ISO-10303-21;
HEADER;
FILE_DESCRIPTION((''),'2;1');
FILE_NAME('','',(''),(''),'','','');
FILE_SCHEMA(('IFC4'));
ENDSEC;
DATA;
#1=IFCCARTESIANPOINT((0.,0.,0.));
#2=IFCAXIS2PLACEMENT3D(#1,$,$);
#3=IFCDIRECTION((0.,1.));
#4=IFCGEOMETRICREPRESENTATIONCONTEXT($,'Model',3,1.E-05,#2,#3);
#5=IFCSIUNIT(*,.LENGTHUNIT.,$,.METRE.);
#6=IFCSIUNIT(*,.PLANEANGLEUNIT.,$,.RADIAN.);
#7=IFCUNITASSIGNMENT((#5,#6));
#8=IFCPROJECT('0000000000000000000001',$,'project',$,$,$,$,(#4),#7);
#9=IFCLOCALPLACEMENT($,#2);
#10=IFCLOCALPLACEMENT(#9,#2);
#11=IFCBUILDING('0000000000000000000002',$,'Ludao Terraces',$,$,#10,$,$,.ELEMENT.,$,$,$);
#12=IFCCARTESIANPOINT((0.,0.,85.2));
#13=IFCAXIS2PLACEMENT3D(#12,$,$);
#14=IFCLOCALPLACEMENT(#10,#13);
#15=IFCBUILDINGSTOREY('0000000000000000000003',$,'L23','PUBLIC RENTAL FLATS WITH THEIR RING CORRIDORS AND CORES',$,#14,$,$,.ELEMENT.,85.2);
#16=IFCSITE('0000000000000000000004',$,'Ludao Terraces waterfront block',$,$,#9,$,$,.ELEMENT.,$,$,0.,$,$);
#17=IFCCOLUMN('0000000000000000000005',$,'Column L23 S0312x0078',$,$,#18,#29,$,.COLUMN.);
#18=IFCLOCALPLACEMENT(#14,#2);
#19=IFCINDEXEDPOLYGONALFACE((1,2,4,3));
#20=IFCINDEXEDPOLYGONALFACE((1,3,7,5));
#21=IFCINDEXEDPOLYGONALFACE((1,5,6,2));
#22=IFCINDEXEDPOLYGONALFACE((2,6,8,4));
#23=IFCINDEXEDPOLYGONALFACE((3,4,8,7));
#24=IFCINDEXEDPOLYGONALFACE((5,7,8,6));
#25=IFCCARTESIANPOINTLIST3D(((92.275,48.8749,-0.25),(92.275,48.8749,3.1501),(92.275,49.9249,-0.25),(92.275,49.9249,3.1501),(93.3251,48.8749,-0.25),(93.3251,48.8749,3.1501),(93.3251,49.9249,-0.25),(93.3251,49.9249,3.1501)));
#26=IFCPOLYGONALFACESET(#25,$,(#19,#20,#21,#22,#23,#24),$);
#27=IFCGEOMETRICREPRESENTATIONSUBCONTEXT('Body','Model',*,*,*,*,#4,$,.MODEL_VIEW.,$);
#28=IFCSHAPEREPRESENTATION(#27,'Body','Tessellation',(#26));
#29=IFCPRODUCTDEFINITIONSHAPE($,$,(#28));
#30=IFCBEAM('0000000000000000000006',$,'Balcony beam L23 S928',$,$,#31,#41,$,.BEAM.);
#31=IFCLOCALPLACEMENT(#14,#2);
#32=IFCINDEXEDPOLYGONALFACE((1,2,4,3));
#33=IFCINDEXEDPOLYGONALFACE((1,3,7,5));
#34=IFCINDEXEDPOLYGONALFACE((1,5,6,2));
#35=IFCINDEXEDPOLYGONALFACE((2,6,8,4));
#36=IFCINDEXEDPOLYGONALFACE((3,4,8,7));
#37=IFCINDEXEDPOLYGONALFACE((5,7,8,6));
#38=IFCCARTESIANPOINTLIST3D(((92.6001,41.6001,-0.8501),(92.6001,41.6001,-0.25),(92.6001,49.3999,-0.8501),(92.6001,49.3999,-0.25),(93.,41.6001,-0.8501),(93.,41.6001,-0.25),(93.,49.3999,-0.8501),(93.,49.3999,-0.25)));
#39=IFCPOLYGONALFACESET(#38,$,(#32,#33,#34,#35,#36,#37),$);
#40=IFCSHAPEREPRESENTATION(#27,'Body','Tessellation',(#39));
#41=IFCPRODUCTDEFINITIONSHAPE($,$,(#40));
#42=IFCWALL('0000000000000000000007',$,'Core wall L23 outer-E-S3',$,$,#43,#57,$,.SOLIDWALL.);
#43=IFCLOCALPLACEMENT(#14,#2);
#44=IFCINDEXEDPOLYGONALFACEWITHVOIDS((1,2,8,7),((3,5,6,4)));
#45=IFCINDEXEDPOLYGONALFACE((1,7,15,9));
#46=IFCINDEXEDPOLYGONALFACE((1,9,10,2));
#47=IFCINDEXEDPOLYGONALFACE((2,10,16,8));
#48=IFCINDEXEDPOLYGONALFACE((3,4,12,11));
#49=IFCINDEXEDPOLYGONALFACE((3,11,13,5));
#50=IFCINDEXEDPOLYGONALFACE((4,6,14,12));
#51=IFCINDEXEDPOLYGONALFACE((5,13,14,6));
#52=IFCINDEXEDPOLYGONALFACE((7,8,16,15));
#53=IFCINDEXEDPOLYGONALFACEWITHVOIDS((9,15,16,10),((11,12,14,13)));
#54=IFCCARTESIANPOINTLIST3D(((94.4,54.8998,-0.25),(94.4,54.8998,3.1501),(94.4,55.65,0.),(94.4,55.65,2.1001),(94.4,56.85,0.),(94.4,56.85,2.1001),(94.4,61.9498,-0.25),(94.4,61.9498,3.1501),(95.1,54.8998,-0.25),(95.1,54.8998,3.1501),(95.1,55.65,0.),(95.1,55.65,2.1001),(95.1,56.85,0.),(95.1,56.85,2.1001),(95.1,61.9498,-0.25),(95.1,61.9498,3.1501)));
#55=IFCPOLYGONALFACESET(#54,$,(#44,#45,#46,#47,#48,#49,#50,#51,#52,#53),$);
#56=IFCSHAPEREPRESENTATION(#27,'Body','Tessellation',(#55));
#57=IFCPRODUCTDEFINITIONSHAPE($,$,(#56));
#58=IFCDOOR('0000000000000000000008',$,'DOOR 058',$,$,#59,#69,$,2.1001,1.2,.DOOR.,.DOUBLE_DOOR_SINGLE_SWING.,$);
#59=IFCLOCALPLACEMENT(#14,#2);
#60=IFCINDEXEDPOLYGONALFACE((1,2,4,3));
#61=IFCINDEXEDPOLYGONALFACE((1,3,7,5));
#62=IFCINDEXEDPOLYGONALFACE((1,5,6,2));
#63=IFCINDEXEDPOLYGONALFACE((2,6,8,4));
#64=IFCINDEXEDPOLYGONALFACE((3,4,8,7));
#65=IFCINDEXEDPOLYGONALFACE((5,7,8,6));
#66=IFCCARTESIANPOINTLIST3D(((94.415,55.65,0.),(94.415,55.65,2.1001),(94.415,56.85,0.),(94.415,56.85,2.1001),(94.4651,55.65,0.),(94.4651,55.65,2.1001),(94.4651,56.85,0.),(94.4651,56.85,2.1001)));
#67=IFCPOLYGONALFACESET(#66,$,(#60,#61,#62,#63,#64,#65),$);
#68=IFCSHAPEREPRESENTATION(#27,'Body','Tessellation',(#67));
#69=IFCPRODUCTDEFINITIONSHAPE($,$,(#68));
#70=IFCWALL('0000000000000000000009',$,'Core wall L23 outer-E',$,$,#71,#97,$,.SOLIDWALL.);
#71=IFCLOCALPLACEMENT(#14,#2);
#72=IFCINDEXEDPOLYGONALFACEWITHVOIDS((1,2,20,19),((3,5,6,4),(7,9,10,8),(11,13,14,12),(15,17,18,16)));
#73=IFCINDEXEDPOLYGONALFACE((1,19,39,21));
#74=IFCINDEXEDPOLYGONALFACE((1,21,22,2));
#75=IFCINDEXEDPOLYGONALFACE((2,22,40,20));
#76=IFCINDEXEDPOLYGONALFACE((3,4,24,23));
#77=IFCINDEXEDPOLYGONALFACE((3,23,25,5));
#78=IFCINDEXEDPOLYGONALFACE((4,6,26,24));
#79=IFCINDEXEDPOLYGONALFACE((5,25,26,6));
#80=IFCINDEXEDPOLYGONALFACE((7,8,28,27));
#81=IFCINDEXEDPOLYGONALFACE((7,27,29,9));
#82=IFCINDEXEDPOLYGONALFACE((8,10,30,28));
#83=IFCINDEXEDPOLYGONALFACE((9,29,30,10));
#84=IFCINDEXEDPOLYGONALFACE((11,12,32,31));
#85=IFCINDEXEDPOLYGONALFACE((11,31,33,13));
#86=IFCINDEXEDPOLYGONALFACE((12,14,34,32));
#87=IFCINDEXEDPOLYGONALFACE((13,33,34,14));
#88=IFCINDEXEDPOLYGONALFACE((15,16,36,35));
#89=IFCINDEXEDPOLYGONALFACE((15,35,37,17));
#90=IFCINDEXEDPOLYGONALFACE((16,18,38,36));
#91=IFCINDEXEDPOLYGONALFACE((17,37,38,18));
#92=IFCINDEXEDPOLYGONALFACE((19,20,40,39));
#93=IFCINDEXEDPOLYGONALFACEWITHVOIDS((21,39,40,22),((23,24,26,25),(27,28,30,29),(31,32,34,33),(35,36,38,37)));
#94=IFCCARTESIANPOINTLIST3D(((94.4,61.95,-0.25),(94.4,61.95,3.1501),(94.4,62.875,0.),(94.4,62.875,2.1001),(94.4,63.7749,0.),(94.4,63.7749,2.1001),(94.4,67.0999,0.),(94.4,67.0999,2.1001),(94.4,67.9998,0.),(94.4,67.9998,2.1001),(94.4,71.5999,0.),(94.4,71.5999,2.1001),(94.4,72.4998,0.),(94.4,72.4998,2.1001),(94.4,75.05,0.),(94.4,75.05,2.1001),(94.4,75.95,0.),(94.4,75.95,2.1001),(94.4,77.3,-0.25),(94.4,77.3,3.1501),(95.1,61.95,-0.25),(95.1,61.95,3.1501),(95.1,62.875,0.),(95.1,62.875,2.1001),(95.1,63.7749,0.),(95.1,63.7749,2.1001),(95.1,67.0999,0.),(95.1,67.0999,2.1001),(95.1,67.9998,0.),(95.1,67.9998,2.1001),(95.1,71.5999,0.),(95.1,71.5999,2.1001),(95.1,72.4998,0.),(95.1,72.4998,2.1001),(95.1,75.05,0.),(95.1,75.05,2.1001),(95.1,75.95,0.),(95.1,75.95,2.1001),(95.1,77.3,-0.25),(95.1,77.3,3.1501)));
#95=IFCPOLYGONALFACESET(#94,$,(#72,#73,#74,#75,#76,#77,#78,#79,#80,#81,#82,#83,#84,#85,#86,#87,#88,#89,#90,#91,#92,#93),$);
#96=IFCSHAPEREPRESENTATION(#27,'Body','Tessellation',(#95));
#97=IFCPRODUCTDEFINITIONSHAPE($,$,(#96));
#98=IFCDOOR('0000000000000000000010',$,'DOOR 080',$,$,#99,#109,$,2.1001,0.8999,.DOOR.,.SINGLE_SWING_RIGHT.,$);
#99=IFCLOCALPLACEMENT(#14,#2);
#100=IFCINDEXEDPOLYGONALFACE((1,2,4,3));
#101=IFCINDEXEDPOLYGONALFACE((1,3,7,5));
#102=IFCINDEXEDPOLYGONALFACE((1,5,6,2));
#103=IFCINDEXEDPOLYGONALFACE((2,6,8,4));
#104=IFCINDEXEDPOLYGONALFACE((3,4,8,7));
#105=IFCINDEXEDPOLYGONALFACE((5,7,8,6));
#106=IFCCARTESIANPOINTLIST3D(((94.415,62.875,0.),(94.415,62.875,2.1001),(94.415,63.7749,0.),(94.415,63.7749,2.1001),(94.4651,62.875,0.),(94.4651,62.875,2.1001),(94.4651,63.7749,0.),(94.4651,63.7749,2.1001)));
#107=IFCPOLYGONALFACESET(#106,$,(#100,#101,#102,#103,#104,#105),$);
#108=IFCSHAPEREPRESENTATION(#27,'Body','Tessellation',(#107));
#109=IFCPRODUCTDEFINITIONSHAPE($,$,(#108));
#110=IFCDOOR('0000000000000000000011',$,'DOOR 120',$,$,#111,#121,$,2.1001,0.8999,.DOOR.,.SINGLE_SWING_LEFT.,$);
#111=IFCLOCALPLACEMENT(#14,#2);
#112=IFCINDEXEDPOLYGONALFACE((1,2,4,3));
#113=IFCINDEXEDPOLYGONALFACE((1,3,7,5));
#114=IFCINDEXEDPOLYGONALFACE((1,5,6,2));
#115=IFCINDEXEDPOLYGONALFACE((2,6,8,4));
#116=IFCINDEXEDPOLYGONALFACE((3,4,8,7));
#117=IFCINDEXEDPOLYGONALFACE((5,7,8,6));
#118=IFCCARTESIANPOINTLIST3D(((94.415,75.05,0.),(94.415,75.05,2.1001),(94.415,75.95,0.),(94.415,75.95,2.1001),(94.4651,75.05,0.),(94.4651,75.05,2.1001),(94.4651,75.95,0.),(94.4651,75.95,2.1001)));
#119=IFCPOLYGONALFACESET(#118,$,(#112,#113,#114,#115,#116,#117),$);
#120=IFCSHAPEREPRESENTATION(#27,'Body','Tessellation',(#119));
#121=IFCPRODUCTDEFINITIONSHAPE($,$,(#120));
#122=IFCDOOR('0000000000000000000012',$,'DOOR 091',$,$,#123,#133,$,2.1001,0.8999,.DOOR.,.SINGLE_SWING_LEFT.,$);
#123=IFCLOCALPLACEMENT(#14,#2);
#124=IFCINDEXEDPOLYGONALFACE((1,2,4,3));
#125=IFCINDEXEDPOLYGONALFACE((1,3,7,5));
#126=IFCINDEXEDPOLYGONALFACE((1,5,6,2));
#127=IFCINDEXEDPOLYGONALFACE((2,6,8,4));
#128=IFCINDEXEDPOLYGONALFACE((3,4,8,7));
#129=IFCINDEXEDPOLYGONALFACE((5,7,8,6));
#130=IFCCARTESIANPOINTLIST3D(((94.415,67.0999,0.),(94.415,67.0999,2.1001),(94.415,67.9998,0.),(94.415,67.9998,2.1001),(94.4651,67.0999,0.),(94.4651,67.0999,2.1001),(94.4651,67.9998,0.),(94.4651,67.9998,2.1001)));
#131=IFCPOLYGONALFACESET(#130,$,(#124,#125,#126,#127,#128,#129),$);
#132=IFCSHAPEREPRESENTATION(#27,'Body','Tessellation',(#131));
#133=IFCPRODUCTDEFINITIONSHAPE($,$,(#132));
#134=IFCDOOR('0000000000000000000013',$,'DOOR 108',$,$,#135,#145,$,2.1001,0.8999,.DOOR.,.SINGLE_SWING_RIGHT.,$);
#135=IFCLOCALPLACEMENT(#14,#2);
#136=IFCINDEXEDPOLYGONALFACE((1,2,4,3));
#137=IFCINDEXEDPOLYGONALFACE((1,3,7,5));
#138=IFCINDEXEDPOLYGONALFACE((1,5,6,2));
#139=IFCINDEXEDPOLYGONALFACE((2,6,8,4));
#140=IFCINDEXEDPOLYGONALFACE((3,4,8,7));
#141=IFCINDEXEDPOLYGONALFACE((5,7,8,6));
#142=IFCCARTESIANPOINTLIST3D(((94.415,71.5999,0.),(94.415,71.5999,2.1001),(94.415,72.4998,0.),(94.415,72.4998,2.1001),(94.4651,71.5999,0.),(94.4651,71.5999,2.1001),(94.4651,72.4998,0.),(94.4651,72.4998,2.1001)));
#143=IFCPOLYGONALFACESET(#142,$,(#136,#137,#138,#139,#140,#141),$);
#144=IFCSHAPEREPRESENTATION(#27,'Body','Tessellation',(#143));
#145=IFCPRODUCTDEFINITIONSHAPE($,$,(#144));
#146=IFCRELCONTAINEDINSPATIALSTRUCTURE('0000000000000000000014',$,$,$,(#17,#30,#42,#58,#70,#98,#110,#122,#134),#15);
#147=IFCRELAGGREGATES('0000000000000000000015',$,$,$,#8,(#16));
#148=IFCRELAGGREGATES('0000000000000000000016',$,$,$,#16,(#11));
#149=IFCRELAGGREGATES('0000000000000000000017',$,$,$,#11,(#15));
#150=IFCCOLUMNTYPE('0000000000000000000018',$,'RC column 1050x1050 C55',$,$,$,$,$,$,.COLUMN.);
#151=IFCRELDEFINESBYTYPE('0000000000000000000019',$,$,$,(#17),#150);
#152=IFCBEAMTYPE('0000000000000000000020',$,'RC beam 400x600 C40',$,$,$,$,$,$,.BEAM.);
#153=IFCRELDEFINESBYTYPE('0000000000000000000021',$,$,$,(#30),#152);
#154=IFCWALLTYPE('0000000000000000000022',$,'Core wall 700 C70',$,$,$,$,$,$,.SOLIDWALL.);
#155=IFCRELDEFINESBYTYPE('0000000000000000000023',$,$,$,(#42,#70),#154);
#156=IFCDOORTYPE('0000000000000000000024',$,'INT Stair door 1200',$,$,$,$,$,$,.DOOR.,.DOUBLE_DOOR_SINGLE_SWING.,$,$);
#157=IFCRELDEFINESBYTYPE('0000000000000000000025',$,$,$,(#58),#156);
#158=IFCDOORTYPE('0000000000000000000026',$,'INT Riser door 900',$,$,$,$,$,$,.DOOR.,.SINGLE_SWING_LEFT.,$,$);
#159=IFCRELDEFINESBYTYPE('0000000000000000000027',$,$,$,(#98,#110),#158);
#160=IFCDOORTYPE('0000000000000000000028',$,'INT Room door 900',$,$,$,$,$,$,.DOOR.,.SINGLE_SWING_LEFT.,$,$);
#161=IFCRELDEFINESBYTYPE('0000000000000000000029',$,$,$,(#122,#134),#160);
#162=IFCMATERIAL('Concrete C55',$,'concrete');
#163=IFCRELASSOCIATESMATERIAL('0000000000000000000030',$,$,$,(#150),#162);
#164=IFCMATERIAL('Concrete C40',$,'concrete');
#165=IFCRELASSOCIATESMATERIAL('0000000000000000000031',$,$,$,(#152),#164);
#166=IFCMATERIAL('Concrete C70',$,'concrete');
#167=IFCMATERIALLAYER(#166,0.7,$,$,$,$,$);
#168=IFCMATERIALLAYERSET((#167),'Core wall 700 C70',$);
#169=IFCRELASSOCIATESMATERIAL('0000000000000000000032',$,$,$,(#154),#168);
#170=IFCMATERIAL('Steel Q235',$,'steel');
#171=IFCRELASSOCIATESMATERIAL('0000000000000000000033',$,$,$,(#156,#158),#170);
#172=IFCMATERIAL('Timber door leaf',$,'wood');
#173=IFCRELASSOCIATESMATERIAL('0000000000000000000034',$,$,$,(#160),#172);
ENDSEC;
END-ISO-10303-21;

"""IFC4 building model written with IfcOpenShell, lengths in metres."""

from ifc_helpers import new_model, si_unit, direction, frame, frame_2d, origin, origin_2d, place, context, subcontext, project, spatial, rectangle, extrude, material, layer, layer_set, material_profile, profile_set, type_object, element, fill, save


model = new_model("IFC4")

# Units and contexts
model_context = context("Model", 3, precision=1e-05, world=origin(), true_north=direction((0.0, 1.0)))
body_context = subcontext(model_context, "Body", "Model", "MODEL_VIEW")
ifc_project = project(units=[si_unit("LENGTHUNIT", "METRE"), si_unit("PLANEANGLEUNIT", "RADIAN")], contexts=[model_context])

# Site, building, storey
site_placement = place(None, origin())
site = spatial("IfcSite", under=ifc_project, at=site_placement, Name="Ludao Terraces waterfront block", CompositionType="ELEMENT", RefElevation=0.0)
building_placement = place(site_placement, origin())
building = spatial("IfcBuilding", under=site, at=building_placement, Name="Ludao Terraces", CompositionType="ELEMENT")
storey_placement = place(building_placement, frame((0.0, 0.0, 85.2)))
storey = spatial("IfcBuildingStorey", under=building, at=storey_placement, Name="L23", Description="PUBLIC RENTAL FLATS WITH THEIR RING CORRIDORS AND CORES", CompositionType="ELEMENT", Elevation=85.2)

# Column
ifc_material_1 = material(Name="Concrete C55", Category="concrete")
ifc_material_profile_1 = material_profile(ifc_material_1, rectangle(XDim=1.05, YDim=1.05, at=origin_2d()), Name="1050 X 1050")
ifc_profile_set_1 = profile_set([ifc_material_profile_1], Name="Concrete C55")
column_type = type_object("IfcColumnType", Name="RC column 1050x1050 C55", PredefinedType="COLUMN", material=ifc_profile_set_1)
column_placement = place(storey_placement, frame((92.8, 49.3999, -0.25), z_axis=(0.0, 0.0, 1.0), x_axis=(1.0, 0.0, 0.0)))
element("IfcColumn", 1, at=column_placement, inside=storey, type_object=column_type, Name="Column L23 S0312x0078", PredefinedType="COLUMN", context=body_context, shape_type="SweptSolid", body=[
    extrude(rectangle(XDim=1.05, YDim=1.05, at=origin_2d()), origin(), (0.0, 0.0, 1.0), 3.4001),
])

# Beam
ifc_material_2 = material(Name="Concrete C40", Category="concrete")
ifc_material_profile_2 = material_profile(ifc_material_2, rectangle(XDim=0.3999, YDim=0.6001, at=origin_2d()), Name="400 X 600")
ifc_profile_set_2 = profile_set([ifc_material_profile_2], Name="Concrete C40")
beam_type = type_object("IfcBeamType", Name="RC beam 400x600 C40", PredefinedType="BEAM", material=ifc_profile_set_2)
beam_placement = place(storey_placement, frame((92.8, 49.3999, -0.55), z_axis=(0.0, -1.0, 0.0), x_axis=(1.0, 0.0, 0.0)))
element("IfcBeam", 2, at=beam_placement, inside=storey, type_object=beam_type, Name="Balcony beam L23 S928", PredefinedType="BEAM", context=body_context, shape_type="SweptSolid", body=[
    extrude(rectangle(XDim=0.3999, YDim=0.6001, at=origin_2d()), origin(), (0.0, 0.0, 1.0), 7.7998),
])

# Wall, opening, door
ifc_material_3 = material(Name="Concrete C70", Category="concrete")
ifc_layer_1 = layer(ifc_material_3, 0.7)
ifc_layer_set_1 = layer_set([ifc_layer_1], Name="Core wall 700 C70")
wall_type_1 = type_object("IfcWallType", Name="Core wall 700 C70", PredefinedType="SOLIDWALL", material=ifc_layer_set_1)
wall_1_placement = place(storey_placement, frame((94.75, 54.8999, -0.25), z_axis=(0.0, 0.0, 1.0), x_axis=(0.0, 1.0, 0.0)))
wall_1 = element("IfcWall", 3, at=wall_1_placement, inside=storey, type_object=wall_type_1, Name="Core wall L23 outer-E-S3", PredefinedType="SOLIDWALL", context=body_context, shape_type="SweptSolid", body=[
    extrude(rectangle(XDim=7.05, YDim=0.7, at=frame_2d((3.5249, 0.0))), origin(), (0.0, 0.0, 1.0), 3.4001),
])
opening_1_placement = place(wall_1_placement, frame((0.75, 0.0, 0.25)))
opening_1 = element("IfcOpeningElement", 4, at=opening_1_placement, cuts=wall_1, PredefinedType="OPENING", context=body_context, shape_type="SweptSolid", body=[
    extrude(rectangle(XDim=1.2, YDim=2.1001, at=frame_2d((0.6001, 1.05))), frame((0.0, 0.3599, 0.0), z_axis=(0.0, -1.0, 0.0), x_axis=(1.0, 0.0, 0.0)), (0.0, 0.0, 1.0), 0.72),
])
ifc_material_4 = material(Name="Steel Q235", Category="steel")
door_type_1 = type_object("IfcDoorType", Name="INT Stair door 1200", OperationType="DOUBLE_DOOR_SINGLE_SWING", PredefinedType="DOOR", material=ifc_material_4)
door_1_placement = place(opening_1_placement, origin())
door_1 = element("IfcDoor", 5, at=door_1_placement, inside=storey, type_object=door_type_1, Name="DOOR 058", OperationType="DOUBLE_DOOR_SINGLE_SWING", OverallHeight=2.1001, OverallWidth=1.2, PredefinedType="DOOR", context=body_context, shape_type="SweptSolid", body=[
    extrude(rectangle(XDim=1.2, YDim=2.1001, at=frame_2d((0.6001, 1.05))), frame((0.0, 0.335, 0.0), z_axis=(0.0, -1.0, 0.0), x_axis=(1.0, 0.0, 0.0)), (0.0, 0.0, 1.0), 0.05),
])
fill(opening_1, door_1)

# Wall, openings, doors
wall_2_placement = place(storey_placement, frame((94.75, 61.95, -0.25), z_axis=(0.0, 0.0, 1.0), x_axis=(0.0, 1.0, 0.0)))
wall_2 = element("IfcWall", 6, at=wall_2_placement, inside=storey, type_object=wall_type_1, Name="Core wall L23 outer-E", PredefinedType="SOLIDWALL", context=body_context, shape_type="SweptSolid", body=[
    extrude(rectangle(XDim=15.3501, YDim=0.7, at=frame_2d((7.675, 0.0))), origin(), (0.0, 0.0, 1.0), 3.4001),
])
opening_2_placement = place(wall_2_placement, frame((0.925, 0.0, 0.25)))
opening_2 = element("IfcOpeningElement", 7, at=opening_2_placement, cuts=wall_2, PredefinedType="OPENING", context=body_context, shape_type="SweptSolid", body=[
    extrude(rectangle(XDim=0.8999, YDim=2.1001, at=frame_2d((0.45, 1.05))), frame((0.0, 0.3599, 0.0), z_axis=(0.0, -1.0, 0.0), x_axis=(1.0, 0.0, 0.0)), (0.0, 0.0, 1.0), 0.72),
])
opening_3_placement = place(wall_2_placement, frame((5.1499, 0.0, 0.25)))
opening_3 = element("IfcOpeningElement", 8, at=opening_3_placement, cuts=wall_2, PredefinedType="OPENING", context=body_context, shape_type="SweptSolid", body=[
    extrude(rectangle(XDim=0.8999, YDim=2.1001, at=frame_2d((0.45, 1.05))), frame((0.0, 0.3599, 0.0), z_axis=(0.0, -1.0, 0.0), x_axis=(1.0, 0.0, 0.0)), (0.0, 0.0, 1.0), 0.72),
])
opening_4_placement = place(wall_2_placement, frame((9.6499, 0.0, 0.25)))
opening_4 = element("IfcOpeningElement", 9, at=opening_4_placement, cuts=wall_2, PredefinedType="OPENING", context=body_context, shape_type="SweptSolid", body=[
    extrude(rectangle(XDim=0.8999, YDim=2.1001, at=frame_2d((0.45, 1.05))), frame((0.0, 0.3599, 0.0), z_axis=(0.0, -1.0, 0.0), x_axis=(1.0, 0.0, 0.0)), (0.0, 0.0, 1.0), 0.72),
])
opening_5_placement = place(wall_2_placement, frame((13.1001, 0.0, 0.25)))
opening_5 = element("IfcOpeningElement", 10, at=opening_5_placement, cuts=wall_2, PredefinedType="OPENING", context=body_context, shape_type="SweptSolid", body=[
    extrude(rectangle(XDim=0.8999, YDim=2.1001, at=frame_2d((0.45, 1.05))), frame((0.0, 0.3599, 0.0), z_axis=(0.0, -1.0, 0.0), x_axis=(1.0, 0.0, 0.0)), (0.0, 0.0, 1.0), 0.72),
])
door_type_2 = type_object("IfcDoorType", Name="INT Riser door 900", OperationType="SINGLE_SWING_LEFT", PredefinedType="DOOR", material=ifc_material_4)
door_2_placement = place(opening_2_placement, origin())
door_2 = element("IfcDoor", 11, at=door_2_placement, inside=storey, type_object=door_type_2, Name="DOOR 080", OperationType="SINGLE_SWING_RIGHT", OverallHeight=2.1001, OverallWidth=0.8999, PredefinedType="DOOR", context=body_context, shape_type="SweptSolid", body=[
    extrude(rectangle(XDim=0.8999, YDim=2.1001, at=frame_2d((0.45, 1.05))), frame((0.0, 0.335, 0.0), z_axis=(0.0, -1.0, 0.0), x_axis=(1.0, 0.0, 0.0)), (0.0, 0.0, 1.0), 0.05),
])
fill(opening_2, door_2)
door_3_placement = place(opening_5_placement, origin())
door_3 = element("IfcDoor", 12, at=door_3_placement, inside=storey, type_object=door_type_2, Name="DOOR 120", OperationType="SINGLE_SWING_LEFT", OverallHeight=2.1001, OverallWidth=0.8999, PredefinedType="DOOR", context=body_context, shape_type="SweptSolid", body=[
    extrude(rectangle(XDim=0.8999, YDim=2.1001, at=frame_2d((0.45, 1.05))), frame((0.0, 0.335, 0.0), z_axis=(0.0, -1.0, 0.0), x_axis=(1.0, 0.0, 0.0)), (0.0, 0.0, 1.0), 0.05),
])
fill(opening_5, door_3)
ifc_material_5 = material(Name="Timber door leaf", Category="wood")
door_type_3 = type_object("IfcDoorType", Name="INT Room door 900", OperationType="SINGLE_SWING_LEFT", PredefinedType="DOOR", material=ifc_material_5)
door_4_placement = place(opening_3_placement, origin())
door_4 = element("IfcDoor", 13, at=door_4_placement, inside=storey, type_object=door_type_3, Name="DOOR 091", OperationType="SINGLE_SWING_LEFT", OverallHeight=2.1001, OverallWidth=0.8999, PredefinedType="DOOR", context=body_context, shape_type="SweptSolid", body=[
    extrude(rectangle(XDim=0.8999, YDim=2.1001, at=frame_2d((0.45, 1.05))), frame((0.0, 0.335, 0.0), z_axis=(0.0, -1.0, 0.0), x_axis=(1.0, 0.0, 0.0)), (0.0, 0.0, 1.0), 0.05),
])
fill(opening_3, door_4)
door_5_placement = place(opening_4_placement, origin())
door_5 = element("IfcDoor", 14, at=door_5_placement, inside=storey, type_object=door_type_3, Name="DOOR 108", OperationType="SINGLE_SWING_RIGHT", OverallHeight=2.1001, OverallWidth=0.8999, PredefinedType="DOOR", context=body_context, shape_type="SweptSolid", body=[
    extrude(rectangle(XDim=0.8999, YDim=2.1001, at=frame_2d((0.45, 1.05))), frame((0.0, 0.335, 0.0), z_axis=(0.0, -1.0, 0.0), x_axis=(1.0, 0.0, 0.0)), (0.0, 0.0, 1.0), 0.05),
])
fill(opening_4, door_5)

save(model, "model.ifc")
